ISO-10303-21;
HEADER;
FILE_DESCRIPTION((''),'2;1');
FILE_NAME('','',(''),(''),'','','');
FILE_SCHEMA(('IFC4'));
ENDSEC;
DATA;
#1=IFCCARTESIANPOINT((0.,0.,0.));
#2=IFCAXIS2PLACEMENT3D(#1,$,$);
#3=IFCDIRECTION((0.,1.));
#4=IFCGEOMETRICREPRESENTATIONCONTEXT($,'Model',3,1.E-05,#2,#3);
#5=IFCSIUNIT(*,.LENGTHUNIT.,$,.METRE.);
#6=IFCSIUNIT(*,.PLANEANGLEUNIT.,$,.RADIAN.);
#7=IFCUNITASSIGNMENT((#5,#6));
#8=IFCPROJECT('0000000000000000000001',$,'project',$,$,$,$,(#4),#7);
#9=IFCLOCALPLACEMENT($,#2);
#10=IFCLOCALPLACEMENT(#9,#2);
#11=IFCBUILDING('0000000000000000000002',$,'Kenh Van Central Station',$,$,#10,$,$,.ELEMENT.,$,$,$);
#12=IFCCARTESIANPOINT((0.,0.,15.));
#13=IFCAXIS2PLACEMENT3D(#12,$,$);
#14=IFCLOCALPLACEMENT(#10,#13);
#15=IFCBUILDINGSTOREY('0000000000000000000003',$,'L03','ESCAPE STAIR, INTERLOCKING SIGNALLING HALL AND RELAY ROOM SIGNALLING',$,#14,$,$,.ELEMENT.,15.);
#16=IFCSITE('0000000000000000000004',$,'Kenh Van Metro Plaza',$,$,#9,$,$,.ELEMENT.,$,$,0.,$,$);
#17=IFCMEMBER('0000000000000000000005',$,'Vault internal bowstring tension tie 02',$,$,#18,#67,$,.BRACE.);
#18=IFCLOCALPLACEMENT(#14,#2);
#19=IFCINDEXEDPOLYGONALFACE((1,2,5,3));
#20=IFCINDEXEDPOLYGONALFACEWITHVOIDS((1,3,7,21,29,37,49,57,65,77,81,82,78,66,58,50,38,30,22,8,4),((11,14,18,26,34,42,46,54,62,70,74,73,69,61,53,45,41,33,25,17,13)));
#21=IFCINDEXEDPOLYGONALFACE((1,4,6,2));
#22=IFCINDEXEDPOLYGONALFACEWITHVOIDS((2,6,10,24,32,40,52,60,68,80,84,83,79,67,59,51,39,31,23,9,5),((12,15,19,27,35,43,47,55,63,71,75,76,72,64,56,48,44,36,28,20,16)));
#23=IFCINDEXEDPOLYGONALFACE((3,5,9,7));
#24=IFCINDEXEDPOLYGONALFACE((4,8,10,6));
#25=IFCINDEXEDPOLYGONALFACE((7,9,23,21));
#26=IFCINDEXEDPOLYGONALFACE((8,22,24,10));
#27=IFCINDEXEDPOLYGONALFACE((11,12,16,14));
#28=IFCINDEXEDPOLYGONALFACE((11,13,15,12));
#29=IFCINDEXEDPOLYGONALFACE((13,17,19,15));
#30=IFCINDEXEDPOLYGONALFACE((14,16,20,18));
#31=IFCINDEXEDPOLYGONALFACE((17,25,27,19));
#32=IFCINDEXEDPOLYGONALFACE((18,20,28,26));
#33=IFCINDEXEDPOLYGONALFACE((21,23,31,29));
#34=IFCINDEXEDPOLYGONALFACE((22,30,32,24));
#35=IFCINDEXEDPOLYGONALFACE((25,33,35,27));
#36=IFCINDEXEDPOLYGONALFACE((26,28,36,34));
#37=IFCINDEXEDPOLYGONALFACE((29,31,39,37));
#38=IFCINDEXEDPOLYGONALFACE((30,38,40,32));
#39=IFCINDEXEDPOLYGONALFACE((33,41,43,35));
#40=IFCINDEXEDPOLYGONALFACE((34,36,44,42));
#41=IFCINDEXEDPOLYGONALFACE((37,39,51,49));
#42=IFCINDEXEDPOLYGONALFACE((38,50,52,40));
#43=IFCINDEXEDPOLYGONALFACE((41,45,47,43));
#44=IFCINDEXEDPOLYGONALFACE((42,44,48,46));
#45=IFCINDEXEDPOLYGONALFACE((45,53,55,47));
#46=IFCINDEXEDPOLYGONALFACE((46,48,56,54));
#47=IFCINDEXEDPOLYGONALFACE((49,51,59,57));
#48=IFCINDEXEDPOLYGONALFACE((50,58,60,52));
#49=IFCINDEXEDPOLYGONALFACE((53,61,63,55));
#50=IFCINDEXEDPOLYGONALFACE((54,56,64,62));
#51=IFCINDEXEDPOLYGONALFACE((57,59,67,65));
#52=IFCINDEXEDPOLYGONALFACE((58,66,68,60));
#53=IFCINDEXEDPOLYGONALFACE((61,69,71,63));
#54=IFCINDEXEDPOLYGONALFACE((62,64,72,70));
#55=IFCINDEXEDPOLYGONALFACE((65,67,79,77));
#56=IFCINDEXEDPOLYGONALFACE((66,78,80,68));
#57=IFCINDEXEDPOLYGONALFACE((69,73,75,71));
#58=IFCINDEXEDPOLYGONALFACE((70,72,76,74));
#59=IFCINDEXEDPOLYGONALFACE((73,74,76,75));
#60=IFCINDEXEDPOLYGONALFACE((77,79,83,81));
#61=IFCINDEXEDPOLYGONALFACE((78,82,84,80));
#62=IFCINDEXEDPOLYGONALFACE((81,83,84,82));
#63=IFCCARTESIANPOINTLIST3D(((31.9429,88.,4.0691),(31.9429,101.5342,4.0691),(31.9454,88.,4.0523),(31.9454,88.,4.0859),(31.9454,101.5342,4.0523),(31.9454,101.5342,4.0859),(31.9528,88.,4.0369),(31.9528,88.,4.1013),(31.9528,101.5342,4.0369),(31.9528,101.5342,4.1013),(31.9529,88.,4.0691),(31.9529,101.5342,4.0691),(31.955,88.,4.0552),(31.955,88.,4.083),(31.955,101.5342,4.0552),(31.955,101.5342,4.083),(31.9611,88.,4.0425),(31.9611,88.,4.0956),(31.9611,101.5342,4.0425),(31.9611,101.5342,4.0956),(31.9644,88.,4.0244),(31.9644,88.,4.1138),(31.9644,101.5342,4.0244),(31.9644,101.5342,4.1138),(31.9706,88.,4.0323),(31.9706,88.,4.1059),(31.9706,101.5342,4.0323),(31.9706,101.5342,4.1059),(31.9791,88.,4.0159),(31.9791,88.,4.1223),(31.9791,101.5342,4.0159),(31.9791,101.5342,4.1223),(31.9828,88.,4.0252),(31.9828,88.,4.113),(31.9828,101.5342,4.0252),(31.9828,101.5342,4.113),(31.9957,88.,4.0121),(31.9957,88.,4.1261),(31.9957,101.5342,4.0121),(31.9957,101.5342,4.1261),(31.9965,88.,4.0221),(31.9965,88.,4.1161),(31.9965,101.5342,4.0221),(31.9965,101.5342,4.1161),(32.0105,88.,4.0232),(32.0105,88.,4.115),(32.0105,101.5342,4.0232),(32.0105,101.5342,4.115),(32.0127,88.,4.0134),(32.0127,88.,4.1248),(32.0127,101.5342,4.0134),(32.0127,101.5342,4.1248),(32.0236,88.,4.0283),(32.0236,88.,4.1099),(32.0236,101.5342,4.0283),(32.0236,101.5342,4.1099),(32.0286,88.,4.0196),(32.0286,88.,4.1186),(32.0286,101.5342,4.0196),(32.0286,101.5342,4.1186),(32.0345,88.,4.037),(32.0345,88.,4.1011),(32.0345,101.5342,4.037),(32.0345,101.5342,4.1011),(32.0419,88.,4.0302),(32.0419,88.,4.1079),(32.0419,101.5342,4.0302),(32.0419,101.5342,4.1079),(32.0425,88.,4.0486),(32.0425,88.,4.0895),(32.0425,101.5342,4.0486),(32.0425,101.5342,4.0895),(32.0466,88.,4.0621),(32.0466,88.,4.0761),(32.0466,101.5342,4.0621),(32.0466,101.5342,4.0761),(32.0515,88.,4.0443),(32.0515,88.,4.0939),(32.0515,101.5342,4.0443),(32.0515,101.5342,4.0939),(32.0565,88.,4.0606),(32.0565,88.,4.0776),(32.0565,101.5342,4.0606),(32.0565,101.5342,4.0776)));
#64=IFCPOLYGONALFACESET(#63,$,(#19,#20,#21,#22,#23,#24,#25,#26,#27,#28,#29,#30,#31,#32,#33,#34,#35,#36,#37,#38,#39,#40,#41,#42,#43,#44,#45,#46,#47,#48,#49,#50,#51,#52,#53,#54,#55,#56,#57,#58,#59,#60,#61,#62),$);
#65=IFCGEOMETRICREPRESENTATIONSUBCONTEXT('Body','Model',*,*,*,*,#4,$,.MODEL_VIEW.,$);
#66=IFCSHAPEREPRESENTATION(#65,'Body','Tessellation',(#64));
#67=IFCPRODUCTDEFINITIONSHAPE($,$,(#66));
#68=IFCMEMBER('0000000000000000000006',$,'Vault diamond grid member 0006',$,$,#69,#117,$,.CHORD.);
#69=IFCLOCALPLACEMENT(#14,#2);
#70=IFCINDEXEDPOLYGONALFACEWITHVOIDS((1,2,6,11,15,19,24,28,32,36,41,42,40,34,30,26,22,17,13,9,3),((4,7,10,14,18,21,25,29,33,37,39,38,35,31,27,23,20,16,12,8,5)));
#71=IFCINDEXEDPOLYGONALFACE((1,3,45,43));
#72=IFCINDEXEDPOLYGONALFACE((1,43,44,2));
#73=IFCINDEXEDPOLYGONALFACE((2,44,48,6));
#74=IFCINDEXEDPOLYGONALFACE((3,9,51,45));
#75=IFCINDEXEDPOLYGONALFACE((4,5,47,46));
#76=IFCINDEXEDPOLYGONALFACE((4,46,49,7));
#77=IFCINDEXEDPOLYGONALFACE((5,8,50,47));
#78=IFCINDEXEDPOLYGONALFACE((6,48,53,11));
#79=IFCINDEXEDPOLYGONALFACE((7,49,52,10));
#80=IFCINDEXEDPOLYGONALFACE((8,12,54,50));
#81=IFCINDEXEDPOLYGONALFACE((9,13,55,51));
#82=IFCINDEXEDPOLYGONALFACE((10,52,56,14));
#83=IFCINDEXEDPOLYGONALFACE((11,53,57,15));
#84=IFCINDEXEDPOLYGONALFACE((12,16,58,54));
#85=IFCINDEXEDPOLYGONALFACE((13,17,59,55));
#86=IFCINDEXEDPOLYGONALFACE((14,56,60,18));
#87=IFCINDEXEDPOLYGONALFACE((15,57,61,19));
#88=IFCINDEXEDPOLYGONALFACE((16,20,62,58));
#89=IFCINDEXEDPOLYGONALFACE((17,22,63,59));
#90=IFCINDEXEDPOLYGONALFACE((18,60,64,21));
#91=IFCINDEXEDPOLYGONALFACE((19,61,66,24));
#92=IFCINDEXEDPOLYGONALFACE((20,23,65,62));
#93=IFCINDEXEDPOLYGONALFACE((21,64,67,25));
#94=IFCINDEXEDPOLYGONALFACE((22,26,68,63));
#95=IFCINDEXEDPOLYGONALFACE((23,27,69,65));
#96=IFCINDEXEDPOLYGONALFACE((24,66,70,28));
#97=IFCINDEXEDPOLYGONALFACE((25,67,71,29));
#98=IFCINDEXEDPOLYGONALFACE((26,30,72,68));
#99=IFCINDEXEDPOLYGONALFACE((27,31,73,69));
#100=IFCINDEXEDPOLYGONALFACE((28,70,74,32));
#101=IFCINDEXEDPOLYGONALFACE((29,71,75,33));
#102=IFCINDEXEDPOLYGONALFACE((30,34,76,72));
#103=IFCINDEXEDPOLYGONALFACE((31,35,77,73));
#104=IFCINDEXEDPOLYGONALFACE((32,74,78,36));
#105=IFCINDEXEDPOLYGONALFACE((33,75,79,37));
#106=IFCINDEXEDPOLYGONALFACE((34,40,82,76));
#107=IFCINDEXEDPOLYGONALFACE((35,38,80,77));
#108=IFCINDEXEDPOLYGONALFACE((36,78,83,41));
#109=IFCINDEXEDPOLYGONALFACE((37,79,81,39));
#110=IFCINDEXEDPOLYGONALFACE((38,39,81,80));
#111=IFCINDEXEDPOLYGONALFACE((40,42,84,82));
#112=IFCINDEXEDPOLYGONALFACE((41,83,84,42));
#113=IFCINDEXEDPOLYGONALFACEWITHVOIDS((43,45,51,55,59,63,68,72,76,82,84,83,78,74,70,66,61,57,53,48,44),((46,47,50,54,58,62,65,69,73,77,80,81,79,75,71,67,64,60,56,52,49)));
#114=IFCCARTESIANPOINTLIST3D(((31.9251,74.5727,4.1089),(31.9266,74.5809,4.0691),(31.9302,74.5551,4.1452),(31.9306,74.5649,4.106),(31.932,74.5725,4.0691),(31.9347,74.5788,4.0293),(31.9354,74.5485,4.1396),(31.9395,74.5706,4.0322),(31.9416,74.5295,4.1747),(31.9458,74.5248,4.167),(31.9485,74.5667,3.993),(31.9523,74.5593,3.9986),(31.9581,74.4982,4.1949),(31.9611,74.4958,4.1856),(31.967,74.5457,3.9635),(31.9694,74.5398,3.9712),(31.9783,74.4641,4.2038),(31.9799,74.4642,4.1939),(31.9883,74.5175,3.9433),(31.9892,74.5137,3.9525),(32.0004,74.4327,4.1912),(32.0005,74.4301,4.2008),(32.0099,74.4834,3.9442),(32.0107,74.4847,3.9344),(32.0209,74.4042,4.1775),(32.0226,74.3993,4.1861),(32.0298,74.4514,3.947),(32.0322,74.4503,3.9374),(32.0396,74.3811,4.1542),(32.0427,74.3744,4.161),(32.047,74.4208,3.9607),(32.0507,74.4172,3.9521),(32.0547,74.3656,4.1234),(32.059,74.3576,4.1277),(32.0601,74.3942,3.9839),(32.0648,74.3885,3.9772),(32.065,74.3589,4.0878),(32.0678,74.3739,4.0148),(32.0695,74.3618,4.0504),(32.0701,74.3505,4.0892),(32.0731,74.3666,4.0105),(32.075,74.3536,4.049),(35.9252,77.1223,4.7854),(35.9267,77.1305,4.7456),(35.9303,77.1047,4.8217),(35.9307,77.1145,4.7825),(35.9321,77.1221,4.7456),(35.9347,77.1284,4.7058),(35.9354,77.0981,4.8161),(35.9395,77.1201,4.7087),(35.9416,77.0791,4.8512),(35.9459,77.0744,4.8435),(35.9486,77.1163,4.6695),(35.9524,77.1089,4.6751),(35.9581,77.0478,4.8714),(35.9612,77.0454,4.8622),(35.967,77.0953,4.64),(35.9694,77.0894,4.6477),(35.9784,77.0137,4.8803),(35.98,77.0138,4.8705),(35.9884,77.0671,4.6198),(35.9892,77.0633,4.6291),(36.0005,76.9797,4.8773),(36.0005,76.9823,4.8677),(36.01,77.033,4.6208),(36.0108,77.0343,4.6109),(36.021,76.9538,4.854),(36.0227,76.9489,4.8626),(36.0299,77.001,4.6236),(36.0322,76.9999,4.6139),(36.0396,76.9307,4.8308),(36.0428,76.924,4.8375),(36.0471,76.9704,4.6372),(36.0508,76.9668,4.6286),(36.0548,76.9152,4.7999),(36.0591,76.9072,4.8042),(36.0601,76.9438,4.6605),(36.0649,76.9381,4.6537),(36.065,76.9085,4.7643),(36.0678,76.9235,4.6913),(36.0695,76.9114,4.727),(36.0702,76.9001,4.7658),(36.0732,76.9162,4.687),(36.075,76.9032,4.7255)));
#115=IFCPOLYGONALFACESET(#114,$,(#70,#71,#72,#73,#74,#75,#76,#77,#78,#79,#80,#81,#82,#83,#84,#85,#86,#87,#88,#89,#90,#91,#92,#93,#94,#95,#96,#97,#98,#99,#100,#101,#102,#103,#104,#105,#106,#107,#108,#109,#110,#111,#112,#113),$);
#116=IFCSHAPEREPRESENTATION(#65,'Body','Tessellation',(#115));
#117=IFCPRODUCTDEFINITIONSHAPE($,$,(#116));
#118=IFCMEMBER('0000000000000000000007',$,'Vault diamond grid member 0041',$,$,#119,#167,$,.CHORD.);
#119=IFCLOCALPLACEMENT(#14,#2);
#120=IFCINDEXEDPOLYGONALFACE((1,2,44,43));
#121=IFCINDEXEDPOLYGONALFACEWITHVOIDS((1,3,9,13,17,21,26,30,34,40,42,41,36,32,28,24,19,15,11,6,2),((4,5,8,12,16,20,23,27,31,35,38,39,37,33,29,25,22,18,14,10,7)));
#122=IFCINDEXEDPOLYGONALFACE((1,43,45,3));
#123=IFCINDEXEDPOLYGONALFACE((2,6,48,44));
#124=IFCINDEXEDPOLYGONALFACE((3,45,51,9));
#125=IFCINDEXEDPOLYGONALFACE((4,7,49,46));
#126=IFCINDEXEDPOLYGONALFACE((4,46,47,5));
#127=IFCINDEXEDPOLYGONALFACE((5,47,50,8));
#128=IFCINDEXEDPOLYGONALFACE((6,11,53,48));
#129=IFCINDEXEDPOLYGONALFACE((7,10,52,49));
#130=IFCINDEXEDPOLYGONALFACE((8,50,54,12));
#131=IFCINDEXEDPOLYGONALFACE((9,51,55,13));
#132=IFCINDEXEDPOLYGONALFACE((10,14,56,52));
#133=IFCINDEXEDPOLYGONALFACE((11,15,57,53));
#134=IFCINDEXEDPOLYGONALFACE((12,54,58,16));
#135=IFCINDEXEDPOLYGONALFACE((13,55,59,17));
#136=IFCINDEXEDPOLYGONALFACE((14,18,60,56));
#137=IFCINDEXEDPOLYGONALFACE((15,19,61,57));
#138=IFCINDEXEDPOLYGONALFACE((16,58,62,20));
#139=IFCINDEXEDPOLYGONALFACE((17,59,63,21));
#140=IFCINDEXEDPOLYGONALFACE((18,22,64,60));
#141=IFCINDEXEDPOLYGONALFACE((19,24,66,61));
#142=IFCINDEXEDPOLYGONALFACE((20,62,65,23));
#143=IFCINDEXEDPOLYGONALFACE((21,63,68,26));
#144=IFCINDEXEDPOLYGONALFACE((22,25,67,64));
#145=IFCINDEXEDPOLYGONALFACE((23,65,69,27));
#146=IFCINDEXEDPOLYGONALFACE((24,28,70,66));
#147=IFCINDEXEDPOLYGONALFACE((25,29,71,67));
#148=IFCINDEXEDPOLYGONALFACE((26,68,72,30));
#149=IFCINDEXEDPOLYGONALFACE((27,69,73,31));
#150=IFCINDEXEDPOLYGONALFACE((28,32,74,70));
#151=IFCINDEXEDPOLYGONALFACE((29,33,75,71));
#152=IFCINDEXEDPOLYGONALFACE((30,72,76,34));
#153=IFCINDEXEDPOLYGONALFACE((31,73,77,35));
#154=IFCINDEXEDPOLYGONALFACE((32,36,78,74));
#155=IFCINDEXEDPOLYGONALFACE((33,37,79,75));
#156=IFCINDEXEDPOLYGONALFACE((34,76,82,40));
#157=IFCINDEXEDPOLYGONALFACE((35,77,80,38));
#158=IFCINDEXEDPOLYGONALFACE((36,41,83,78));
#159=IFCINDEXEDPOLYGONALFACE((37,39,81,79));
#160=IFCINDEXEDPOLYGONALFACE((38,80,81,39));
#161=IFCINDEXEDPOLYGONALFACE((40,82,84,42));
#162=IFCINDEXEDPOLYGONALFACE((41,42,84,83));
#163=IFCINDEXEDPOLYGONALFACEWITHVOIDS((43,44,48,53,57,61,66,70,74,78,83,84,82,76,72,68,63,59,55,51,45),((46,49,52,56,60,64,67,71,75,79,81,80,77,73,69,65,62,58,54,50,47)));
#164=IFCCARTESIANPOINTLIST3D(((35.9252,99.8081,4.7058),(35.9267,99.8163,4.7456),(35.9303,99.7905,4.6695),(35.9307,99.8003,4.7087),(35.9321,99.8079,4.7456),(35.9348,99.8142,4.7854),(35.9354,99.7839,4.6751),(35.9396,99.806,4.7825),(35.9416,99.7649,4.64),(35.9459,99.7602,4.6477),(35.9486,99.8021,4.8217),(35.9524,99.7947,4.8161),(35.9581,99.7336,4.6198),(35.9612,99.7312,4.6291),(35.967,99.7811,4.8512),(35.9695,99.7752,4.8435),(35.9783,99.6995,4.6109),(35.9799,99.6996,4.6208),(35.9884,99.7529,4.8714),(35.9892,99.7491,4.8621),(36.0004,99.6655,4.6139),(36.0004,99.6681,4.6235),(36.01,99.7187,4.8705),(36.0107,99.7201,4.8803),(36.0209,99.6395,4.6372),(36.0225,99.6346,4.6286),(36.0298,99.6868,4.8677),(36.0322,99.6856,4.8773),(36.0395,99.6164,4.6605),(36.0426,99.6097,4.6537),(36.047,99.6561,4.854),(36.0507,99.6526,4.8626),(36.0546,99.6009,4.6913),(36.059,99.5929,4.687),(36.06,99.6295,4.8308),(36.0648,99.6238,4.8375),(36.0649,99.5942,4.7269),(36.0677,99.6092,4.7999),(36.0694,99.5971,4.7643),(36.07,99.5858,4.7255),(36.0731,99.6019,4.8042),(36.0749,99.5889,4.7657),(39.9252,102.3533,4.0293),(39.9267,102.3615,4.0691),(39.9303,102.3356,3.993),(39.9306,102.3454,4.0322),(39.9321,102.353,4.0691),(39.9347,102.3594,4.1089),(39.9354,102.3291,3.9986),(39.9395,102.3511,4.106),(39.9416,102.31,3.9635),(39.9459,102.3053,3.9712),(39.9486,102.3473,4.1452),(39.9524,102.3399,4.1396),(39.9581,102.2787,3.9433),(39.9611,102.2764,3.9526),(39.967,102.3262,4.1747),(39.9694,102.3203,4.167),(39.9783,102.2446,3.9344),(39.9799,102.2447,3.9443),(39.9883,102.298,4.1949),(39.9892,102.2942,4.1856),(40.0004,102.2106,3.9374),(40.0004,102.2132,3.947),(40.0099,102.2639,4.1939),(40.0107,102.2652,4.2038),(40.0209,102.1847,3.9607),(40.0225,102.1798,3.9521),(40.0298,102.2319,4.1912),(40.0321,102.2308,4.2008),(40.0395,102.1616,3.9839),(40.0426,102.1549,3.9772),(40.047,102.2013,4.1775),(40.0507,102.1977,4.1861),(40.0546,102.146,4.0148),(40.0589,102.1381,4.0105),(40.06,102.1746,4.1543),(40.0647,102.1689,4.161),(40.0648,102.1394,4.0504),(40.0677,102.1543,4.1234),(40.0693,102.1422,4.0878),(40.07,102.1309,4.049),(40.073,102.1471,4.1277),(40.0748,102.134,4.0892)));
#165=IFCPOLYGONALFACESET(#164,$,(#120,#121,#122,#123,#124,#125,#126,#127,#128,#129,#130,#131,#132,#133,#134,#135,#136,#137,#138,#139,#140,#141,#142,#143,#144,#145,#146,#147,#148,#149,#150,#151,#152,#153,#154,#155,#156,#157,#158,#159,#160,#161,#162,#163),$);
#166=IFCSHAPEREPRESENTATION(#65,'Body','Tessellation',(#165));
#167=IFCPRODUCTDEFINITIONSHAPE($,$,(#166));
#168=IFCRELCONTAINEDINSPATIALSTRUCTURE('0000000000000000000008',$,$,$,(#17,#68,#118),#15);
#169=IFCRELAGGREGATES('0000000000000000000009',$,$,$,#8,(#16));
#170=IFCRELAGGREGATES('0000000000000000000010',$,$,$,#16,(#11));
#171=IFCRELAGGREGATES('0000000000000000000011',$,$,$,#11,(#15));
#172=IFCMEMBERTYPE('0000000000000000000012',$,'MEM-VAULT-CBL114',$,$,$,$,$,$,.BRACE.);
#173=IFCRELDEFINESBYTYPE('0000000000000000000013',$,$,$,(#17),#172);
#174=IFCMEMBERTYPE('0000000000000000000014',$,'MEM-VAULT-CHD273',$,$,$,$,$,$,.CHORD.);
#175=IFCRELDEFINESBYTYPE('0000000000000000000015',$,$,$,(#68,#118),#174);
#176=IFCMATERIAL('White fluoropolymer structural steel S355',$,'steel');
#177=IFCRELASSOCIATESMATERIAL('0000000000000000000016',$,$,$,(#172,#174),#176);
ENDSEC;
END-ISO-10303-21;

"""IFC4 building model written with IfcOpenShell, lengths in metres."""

from ifc_helpers import new_model, si_unit, direction, frame, origin, origin_2d, place, context, subcontext, project, spatial, hollow_circle, extrude, material, material_profile, profile_set, type_object, element, save


model = new_model("IFC4")

# Units and contexts
model_context = context("Model", 3, precision=1e-05, world=origin(), true_north=direction((0.0, 1.0)))
body_context = subcontext(model_context, "Body", "Model", "MODEL_VIEW")
ifc_project = project(units=[si_unit("LENGTHUNIT", "METRE"), si_unit("PLANEANGLEUNIT", "RADIAN")], contexts=[model_context])

# Site, building, storey
site_placement = place(None, origin())
site = spatial("IfcSite", under=ifc_project, at=site_placement, Name="Kenh Van Metro Plaza", CompositionType="ELEMENT", RefElevation=0.0)
building_placement = place(site_placement, origin())
building = spatial("IfcBuilding", under=site, at=building_placement, Name="Kenh Van Central Station", CompositionType="ELEMENT")
storey_placement = place(building_placement, frame((0.0, 0.0, 15.0)))
storey = spatial("IfcBuildingStorey", under=building, at=storey_placement, Name="L03", Description="ESCAPE STAIR, INTERLOCKING SIGNALLING HALL AND RELAY ROOM SIGNALLING", CompositionType="ELEMENT", Elevation=15.0)

# Shared definitions
ifc_material_1 = material(Name="White fluoropolymer structural steel S355", Category="steel")

# Members
ifc_material_profile_1 = material_profile(ifc_material_1, hollow_circle(Radius=0.0571, WallThickness=0.01, at=origin_2d()), Name="CHS 114.3x10")
ifc_profile_set_1 = profile_set([ifc_material_profile_1], Name="White fluoropolymer structural steel S355")
member_type_1 = type_object("IfcMemberType", Name="MEM-VAULT-CBL114", PredefinedType="BRACE", material=ifc_profile_set_1)
for number, where, z_axis, x_axis, name in (
    (1, (32.0, 88.0, 4.0691), (0.0, 1.0, 0.0), (-1.0, 0.0, 0.0), "Vault internal bowstring tension tie 02"),
):
    element("IfcMember", number, at=place(storey_placement, frame(where, z_axis=z_axis, x_axis=x_axis)), inside=storey, type_object=member_type_1, Name=name, PredefinedType="BRACE", context=body_context, shape_type="SweptSolid", body=[
        extrude(hollow_circle(Radius=0.0571, WallThickness=0.01, at=origin_2d()), origin(), (0.0, 0.0, 1.0), 13.5342),
    ])
ifc_material_profile_2 = material_profile(ifc_material_1, hollow_circle(Radius=0.1365, WallThickness=0.01, at=origin_2d()), Name="CHS 273x10")
ifc_profile_set_2 = profile_set([ifc_material_profile_2], Name="White fluoropolymer structural steel S355")
member_type_2 = type_object("IfcMemberType", Name="MEM-VAULT-CHD273", PredefinedType="CHORD", material=ifc_profile_set_2)
member_1_placement = place(storey_placement, frame((32.0, 74.4658, 4.0691), z_axis=(0.834822, 0.532107, 0.141192), x_axis=(-0.537491, 0.843269, 0.0)))
element("IfcMember", 2, at=member_1_placement, inside=storey, type_object=member_type_2, Name="Vault diamond grid member 0006", PredefinedType="CHORD", context=body_context, shape_type="SweptSolid", body=[
    extrude(hollow_circle(Radius=0.1365, WallThickness=0.01, at=origin_2d()), origin(), (0.0, 0.0, 1.0), 4.7915),
])
member_2_placement = place(storey_placement, frame((36.0, 99.7012, 4.7456), z_axis=(0.835229, 0.531449, -0.141261), x_axis=(-0.536832, 0.843689, 0.0)))
element("IfcMember", 3, at=member_2_placement, inside=storey, type_object=member_type_2, Name="Vault diamond grid member 0041", PredefinedType="CHORD", context=body_context, shape_type="SweptSolid", body=[
    extrude(hollow_circle(Radius=0.1365, WallThickness=0.01, at=origin_2d()), origin(), (0.0, 0.0, 1.0), 4.7891),
])

save(model, "model.ifc")
